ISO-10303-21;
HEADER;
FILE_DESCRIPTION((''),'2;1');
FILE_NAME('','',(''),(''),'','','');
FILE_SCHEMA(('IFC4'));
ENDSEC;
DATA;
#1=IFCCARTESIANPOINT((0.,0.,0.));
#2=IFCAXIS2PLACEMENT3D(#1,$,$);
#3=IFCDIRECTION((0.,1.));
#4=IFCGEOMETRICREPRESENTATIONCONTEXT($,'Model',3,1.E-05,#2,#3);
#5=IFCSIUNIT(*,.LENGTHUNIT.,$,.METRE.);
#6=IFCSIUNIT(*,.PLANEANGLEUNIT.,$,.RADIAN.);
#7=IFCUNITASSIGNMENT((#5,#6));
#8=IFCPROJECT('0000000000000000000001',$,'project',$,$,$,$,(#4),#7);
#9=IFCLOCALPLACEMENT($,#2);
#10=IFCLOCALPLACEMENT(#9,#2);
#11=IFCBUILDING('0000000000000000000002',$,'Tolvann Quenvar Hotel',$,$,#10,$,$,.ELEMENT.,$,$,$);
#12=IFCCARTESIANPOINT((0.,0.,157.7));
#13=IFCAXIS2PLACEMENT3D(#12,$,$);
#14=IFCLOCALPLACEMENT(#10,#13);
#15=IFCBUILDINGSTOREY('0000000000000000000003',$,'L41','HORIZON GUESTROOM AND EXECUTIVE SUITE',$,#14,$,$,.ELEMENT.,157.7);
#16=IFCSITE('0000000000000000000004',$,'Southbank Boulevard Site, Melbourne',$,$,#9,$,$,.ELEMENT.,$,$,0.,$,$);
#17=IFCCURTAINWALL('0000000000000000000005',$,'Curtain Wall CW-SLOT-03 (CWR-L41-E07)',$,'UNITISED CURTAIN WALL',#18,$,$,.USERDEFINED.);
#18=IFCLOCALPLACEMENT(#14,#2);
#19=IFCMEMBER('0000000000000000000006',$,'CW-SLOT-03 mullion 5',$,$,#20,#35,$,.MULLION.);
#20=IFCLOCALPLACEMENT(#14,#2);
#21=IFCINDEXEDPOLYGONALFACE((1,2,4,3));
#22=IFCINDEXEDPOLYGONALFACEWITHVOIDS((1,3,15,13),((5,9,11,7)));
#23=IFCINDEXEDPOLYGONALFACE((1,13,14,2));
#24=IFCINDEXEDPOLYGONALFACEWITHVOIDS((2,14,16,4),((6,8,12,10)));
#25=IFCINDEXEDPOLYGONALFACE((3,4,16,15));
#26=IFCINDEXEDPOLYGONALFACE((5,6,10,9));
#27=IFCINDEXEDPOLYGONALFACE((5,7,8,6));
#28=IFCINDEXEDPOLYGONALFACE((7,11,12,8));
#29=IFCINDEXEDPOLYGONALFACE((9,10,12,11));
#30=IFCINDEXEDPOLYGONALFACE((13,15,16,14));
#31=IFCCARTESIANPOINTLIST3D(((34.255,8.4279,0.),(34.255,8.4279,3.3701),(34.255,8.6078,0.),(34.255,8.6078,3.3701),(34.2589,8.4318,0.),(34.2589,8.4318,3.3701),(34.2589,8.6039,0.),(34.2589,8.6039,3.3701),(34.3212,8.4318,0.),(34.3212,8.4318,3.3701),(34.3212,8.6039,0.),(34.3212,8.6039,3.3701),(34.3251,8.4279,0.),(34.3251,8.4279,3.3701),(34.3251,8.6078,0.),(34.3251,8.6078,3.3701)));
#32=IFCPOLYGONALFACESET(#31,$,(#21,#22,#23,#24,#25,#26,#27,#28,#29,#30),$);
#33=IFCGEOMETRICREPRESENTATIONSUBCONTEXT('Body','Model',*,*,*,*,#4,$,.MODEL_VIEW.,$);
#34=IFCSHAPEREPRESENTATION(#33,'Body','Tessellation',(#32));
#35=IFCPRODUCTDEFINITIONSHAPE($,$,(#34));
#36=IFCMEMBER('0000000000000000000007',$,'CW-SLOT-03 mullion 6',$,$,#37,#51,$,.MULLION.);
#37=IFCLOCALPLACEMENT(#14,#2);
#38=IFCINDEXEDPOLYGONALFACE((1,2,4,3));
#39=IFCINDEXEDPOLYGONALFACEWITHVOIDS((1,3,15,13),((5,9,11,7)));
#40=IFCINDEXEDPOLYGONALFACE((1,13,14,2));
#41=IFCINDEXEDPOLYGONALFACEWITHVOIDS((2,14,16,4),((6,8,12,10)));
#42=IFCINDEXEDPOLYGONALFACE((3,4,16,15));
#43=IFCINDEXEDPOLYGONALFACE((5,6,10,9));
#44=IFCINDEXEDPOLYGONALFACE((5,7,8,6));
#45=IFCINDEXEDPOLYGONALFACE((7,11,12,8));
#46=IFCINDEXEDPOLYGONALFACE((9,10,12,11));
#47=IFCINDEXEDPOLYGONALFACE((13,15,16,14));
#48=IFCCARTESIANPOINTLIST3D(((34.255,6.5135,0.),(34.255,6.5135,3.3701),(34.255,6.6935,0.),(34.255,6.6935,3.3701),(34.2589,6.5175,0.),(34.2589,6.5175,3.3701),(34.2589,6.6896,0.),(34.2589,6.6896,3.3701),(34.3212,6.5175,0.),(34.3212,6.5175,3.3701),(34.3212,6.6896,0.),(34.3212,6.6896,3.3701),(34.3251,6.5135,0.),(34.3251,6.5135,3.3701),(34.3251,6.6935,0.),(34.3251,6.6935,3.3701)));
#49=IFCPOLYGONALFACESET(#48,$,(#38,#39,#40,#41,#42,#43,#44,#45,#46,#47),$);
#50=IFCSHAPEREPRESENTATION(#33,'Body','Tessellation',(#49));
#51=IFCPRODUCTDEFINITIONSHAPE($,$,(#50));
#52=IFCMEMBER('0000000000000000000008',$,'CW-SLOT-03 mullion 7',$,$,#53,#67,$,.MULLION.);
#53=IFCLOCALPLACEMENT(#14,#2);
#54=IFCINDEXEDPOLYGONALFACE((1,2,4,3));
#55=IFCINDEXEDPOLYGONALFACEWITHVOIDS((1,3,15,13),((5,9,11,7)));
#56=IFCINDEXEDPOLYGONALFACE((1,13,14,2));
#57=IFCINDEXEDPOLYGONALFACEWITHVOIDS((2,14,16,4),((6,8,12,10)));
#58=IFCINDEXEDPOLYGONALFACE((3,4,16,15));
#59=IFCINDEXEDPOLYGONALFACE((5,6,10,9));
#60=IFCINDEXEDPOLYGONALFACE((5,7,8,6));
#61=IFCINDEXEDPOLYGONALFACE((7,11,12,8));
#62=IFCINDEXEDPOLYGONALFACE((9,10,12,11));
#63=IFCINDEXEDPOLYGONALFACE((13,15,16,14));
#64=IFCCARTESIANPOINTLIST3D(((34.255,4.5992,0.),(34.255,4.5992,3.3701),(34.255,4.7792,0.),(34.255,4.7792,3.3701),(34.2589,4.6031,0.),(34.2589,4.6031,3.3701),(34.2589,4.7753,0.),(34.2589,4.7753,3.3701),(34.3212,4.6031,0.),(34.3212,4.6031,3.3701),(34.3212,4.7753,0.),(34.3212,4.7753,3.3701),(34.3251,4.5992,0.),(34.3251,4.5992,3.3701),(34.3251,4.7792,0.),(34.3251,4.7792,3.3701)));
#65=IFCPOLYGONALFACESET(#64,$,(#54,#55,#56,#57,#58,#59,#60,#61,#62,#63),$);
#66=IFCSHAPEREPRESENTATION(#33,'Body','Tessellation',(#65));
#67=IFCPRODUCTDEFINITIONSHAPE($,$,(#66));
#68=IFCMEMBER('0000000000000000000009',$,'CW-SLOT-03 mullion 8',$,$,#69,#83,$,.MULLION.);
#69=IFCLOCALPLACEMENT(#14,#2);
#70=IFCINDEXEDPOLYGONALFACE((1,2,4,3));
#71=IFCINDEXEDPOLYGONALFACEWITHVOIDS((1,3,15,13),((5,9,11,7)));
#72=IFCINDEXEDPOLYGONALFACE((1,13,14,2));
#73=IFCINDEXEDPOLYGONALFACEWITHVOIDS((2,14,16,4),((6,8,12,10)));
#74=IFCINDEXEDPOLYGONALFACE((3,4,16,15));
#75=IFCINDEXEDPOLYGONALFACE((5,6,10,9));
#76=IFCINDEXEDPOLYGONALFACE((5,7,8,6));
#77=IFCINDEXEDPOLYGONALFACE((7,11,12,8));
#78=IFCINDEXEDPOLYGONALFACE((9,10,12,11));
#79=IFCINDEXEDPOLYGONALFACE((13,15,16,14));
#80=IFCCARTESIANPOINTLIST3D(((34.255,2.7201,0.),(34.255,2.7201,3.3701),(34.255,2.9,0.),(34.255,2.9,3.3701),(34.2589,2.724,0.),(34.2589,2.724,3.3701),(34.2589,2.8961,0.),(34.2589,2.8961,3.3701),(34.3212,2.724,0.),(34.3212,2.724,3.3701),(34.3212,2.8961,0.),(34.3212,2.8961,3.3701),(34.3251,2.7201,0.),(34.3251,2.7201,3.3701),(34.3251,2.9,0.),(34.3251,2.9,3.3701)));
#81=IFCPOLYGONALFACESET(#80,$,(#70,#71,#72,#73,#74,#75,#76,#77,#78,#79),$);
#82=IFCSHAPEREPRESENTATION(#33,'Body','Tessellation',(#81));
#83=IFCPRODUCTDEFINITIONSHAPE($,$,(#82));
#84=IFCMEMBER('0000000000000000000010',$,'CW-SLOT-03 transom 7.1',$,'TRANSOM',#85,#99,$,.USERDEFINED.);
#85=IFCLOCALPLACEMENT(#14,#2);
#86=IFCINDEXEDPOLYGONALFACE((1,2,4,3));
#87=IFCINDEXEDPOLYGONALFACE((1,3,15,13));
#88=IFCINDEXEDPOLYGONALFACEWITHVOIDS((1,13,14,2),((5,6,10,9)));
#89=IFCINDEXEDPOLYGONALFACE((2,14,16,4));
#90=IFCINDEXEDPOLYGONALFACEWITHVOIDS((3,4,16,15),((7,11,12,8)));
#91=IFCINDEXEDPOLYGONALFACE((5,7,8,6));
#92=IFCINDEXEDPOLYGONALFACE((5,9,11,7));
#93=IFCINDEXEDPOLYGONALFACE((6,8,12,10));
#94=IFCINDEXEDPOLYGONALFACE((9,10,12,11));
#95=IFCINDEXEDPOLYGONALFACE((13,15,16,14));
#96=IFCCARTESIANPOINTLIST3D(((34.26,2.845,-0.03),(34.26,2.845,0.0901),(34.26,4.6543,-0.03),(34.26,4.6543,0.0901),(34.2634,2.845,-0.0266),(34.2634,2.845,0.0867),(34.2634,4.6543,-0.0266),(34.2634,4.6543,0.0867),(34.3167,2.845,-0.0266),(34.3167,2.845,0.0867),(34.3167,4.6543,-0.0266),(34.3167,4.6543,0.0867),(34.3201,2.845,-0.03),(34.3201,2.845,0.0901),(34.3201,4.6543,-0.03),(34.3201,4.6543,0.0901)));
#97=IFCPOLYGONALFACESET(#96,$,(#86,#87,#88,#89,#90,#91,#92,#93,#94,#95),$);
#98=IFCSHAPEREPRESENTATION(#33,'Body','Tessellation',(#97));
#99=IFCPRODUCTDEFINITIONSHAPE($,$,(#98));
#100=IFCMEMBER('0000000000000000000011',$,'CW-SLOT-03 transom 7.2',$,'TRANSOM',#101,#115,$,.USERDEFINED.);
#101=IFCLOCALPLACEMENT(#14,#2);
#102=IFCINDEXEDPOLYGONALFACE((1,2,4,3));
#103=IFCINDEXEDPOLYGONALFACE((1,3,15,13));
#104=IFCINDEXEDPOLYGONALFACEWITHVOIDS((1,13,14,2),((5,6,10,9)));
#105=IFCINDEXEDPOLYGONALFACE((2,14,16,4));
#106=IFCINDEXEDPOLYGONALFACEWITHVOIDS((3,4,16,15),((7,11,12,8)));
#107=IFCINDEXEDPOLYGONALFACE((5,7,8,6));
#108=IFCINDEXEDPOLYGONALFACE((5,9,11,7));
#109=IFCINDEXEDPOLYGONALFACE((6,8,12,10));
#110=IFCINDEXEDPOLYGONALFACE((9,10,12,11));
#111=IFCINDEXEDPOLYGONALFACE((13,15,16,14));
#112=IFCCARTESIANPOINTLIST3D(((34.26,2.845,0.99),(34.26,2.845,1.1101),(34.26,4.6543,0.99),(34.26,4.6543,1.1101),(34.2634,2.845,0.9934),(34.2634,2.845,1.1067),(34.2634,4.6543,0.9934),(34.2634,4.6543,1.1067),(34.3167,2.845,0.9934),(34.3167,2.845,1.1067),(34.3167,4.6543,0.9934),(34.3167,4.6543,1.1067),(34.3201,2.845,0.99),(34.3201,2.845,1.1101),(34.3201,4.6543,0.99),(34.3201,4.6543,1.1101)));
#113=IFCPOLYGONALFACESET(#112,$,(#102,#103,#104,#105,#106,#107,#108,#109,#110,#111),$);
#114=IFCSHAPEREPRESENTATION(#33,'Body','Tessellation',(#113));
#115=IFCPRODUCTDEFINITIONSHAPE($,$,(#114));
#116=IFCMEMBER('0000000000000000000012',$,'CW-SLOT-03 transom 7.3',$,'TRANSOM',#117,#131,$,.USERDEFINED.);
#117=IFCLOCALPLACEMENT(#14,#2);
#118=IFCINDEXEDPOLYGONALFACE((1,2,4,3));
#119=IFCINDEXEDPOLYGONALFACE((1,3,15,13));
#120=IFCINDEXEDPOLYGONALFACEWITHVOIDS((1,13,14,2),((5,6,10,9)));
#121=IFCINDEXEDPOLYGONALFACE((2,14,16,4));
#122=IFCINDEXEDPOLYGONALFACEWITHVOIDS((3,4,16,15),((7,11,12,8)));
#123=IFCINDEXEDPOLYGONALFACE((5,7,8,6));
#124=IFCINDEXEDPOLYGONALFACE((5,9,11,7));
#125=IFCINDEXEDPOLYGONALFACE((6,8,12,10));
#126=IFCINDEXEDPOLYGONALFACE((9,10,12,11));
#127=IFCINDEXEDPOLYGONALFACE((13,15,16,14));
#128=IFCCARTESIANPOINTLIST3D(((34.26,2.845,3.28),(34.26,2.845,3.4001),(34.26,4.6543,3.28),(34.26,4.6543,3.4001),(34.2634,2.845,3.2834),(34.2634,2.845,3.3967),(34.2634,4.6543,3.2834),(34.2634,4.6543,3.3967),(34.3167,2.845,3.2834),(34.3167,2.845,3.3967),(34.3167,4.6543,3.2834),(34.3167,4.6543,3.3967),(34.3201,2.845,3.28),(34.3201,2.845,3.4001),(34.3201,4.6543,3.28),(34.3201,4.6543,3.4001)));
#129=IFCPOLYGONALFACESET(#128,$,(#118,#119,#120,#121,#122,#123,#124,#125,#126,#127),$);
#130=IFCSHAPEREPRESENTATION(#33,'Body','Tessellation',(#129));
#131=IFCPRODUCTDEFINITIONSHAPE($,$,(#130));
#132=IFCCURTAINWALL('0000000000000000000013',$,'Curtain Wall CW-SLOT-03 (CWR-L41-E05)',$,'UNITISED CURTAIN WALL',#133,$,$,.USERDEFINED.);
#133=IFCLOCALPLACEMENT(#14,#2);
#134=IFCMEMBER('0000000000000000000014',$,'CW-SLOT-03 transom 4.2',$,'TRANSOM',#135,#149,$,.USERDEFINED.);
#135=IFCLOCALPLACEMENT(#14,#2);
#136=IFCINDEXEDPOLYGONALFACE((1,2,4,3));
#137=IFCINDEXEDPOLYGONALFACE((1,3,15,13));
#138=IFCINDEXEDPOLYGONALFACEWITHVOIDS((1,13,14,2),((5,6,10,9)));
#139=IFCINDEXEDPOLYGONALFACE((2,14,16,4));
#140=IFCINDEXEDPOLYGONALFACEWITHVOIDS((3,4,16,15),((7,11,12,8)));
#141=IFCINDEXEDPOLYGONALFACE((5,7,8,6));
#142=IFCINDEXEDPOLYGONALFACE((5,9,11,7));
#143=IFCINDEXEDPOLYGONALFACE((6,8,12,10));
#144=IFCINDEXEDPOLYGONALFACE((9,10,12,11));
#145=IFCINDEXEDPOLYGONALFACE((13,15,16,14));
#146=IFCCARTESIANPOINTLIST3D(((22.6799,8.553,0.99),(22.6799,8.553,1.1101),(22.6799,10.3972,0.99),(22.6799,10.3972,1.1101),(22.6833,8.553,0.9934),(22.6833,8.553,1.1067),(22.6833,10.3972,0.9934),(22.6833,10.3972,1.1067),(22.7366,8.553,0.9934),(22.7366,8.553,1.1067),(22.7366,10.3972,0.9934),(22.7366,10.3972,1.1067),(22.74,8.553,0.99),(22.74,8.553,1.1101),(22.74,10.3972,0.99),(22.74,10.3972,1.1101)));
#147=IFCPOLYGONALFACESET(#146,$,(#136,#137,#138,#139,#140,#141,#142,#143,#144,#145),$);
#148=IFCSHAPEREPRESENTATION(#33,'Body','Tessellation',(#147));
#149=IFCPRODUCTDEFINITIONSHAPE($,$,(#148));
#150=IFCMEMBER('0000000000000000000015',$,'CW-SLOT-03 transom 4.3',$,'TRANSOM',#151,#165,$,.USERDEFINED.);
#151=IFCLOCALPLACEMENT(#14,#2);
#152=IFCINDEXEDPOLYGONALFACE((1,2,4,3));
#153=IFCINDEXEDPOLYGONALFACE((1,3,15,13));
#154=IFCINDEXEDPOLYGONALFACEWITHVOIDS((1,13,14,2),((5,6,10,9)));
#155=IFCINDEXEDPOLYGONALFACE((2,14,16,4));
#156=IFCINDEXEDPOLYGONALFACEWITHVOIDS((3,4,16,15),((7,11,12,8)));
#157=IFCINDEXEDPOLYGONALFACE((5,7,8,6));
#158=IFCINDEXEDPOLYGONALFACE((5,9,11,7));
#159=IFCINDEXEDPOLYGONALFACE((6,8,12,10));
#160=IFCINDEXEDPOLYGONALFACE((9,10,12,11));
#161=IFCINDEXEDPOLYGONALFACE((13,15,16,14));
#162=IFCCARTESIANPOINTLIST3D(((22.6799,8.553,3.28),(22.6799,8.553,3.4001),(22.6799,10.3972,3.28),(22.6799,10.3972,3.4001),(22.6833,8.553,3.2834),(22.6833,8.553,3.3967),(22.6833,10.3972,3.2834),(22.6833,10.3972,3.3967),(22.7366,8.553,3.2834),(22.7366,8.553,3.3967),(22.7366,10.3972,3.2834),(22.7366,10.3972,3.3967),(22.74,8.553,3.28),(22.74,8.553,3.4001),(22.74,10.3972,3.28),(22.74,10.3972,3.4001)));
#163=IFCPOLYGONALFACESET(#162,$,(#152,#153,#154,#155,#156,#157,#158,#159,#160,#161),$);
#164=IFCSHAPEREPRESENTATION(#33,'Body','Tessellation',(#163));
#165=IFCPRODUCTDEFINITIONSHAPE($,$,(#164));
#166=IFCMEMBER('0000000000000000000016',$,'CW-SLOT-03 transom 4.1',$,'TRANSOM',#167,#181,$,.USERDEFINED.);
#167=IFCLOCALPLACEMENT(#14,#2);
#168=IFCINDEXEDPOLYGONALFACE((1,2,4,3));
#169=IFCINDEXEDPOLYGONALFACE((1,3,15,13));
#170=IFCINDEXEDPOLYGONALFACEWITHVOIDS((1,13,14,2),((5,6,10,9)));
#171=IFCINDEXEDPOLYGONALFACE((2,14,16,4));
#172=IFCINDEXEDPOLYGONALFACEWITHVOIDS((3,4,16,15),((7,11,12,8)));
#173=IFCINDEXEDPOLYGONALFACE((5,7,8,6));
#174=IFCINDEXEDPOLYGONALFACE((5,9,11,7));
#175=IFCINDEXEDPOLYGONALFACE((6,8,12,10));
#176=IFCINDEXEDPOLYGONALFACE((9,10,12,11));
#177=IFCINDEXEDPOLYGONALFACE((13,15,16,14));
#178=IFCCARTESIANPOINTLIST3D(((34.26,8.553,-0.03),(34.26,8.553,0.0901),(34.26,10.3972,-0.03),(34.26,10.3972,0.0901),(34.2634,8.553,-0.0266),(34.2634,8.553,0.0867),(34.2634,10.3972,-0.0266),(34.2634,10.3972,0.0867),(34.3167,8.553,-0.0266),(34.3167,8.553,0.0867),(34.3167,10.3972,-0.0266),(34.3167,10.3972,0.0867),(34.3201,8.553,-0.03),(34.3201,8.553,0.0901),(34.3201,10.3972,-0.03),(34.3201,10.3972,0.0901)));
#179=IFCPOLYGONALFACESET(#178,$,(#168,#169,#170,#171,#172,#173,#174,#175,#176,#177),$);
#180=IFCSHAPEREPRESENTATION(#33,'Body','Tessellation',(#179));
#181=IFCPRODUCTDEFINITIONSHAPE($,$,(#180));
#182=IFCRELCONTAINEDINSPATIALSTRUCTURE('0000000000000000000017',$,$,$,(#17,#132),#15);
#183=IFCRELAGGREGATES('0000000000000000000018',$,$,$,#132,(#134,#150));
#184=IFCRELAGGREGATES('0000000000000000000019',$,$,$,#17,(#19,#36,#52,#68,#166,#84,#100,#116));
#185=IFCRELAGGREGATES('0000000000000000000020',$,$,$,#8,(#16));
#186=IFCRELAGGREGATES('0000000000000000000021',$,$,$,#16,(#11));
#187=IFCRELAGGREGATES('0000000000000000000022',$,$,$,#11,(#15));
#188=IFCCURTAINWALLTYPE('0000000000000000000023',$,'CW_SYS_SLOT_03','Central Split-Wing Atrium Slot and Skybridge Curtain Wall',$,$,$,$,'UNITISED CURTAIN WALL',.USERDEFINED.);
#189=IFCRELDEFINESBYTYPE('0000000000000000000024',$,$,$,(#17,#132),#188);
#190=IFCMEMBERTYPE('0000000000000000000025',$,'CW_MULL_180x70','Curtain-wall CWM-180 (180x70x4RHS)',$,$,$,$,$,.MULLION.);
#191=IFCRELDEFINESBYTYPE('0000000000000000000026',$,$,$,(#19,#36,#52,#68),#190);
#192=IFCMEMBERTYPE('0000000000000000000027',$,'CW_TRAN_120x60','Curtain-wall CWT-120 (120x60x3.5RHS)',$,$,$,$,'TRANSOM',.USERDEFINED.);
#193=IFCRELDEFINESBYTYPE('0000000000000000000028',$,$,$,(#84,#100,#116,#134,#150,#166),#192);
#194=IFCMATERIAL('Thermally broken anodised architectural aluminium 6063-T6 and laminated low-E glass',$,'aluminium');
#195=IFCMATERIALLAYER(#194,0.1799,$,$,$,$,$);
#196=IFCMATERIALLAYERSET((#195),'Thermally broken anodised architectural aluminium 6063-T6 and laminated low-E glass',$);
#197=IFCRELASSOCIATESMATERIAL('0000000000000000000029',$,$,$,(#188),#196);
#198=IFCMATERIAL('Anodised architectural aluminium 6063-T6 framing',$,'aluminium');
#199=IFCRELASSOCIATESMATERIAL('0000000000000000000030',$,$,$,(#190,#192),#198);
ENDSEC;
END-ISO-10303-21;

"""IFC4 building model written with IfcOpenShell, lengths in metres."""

from ifc_helpers import new_model, si_unit, direction, frame, origin, origin_2d, place, context, subcontext, project, spatial, hollow_rectangle, extrude, source, transform, mapped, material, layer, layer_set, material_profile, profile_set, type_object, type_shapes, element, aggregate, save


model = new_model("IFC4")

# Units and contexts
model_context = context("Model", 3, precision=1e-05, world=origin(), true_north=direction((0.0, 1.0)))
body_context = subcontext(model_context, "Body", "Model", "MODEL_VIEW")
ifc_project = project(units=[si_unit("LENGTHUNIT", "METRE"), si_unit("PLANEANGLEUNIT", "RADIAN")], contexts=[model_context])

# Site, building, storey
site_placement = place(None, origin())
site = spatial("IfcSite", under=ifc_project, at=site_placement, Name="Southbank Boulevard Site, Melbourne", CompositionType="ELEMENT", RefElevation=0.0)
building_placement = place(site_placement, origin())
building = spatial("IfcBuilding", under=site, at=building_placement, Name="Tolvann Quenvar Hotel", CompositionType="ELEMENT")
storey_placement = place(building_placement, frame((0.0, 0.0, 157.7)))
storey = spatial("IfcBuildingStorey", under=building, at=storey_placement, Name="L41", Description="HORIZON GUESTROOM AND EXECUTIVE SUITE", CompositionType="ELEMENT", Elevation=157.7)

# Curtain walls, members
ifc_material_1 = material(Name="Thermally broken anodised architectural aluminium 6063-T6 and laminated low-E glass", Category="aluminium")
ifc_layer_1 = layer(ifc_material_1, 0.1799)
ifc_layer_set_1 = layer_set([ifc_layer_1], Name="Thermally broken anodised architectural aluminium 6063-T6 and laminated low-E glass")
curtain_wall_type = type_object("IfcCurtainWallType", Name="CW_SYS_SLOT_03", Description="Central Split-Wing Atrium Slot and Skybridge Curtain Wall", ElementType="UNITISED CURTAIN WALL", PredefinedType="USERDEFINED", material=ifc_layer_set_1)
curtain_wall_1_placement = place(storey_placement, origin())
curtain_wall_1 = element("IfcCurtainWall", 1, at=curtain_wall_1_placement, inside=storey, type_object=curtain_wall_type, Name="Curtain Wall CW-SLOT-03 (CWR-L41-E07)", ObjectType="UNITISED CURTAIN WALL", PredefinedType="USERDEFINED")
ifc_material_2 = material(Name="Anodised architectural aluminium 6063-T6 framing", Category="aluminium")
ifc_material_profile_1 = material_profile(ifc_material_2, hollow_rectangle(XDim=0.0701, YDim=0.1799, WallThickness=0.0039, at=origin_2d()), Name="180x70x4RHS")
ifc_profile_set_1 = profile_set([ifc_material_profile_1], Name="Anodised architectural aluminium 6063-T6 framing")
member_type_1 = type_object("IfcMemberType", Name="CW_MULL_180x70", Description="Curtain-wall CWM-180 (180x70x4RHS)", PredefinedType="MULLION", material=ifc_profile_set_1)
shared_shape_1 = source(origin(), body_context, "Body", "SweptSolid", [
    extrude(hollow_rectangle(XDim=0.0701, YDim=0.1799, WallThickness=0.0039, at=origin_2d()), origin(), (0.0, 0.0, 1.0), 3.3701),
])
type_shapes(member_type_1, [shared_shape_1])
member_1_placement = place(storey_placement, frame((34.29, 8.5178, 0.0), z_axis=(0.0, 0.0, 1.0), x_axis=(1.0, 0.0, 0.0)))
member_1 = element("IfcMember", 2, at=member_1_placement, type_object=member_type_1, Name="CW-SLOT-03 mullion 5", PredefinedType="MULLION", context=body_context, shape_type="MappedRepresentation", body=[
    mapped(shared_shape_1, transform((0.0, 0.0, 0.0), x_axis=(1.0, 0.0, 0.0), y_axis=(0.0, 1.0, 0.0), z_axis=(0.0, 0.0, 1.0), scale=1.0)),
])
member_2_placement = place(storey_placement, frame((34.29, 6.6035, 0.0), z_axis=(0.0, 0.0, 1.0), x_axis=(1.0, 0.0, 0.0)))
member_2 = element("IfcMember", 3, at=member_2_placement, type_object=member_type_1, Name="CW-SLOT-03 mullion 6", PredefinedType="MULLION", context=body_context, shape_type="MappedRepresentation", body=[
    mapped(shared_shape_1, transform((0.0, 0.0, 0.0), x_axis=(1.0, 0.0, 0.0), y_axis=(0.0, 1.0, 0.0), z_axis=(0.0, 0.0, 1.0), scale=1.0)),
])
member_3_placement = place(storey_placement, frame((34.29, 4.6892, 0.0), z_axis=(0.0, 0.0, 1.0), x_axis=(1.0, 0.0, 0.0)))
member_3 = element("IfcMember", 4, at=member_3_placement, type_object=member_type_1, Name="CW-SLOT-03 mullion 7", PredefinedType="MULLION", context=body_context, shape_type="MappedRepresentation", body=[
    mapped(shared_shape_1, transform((0.0, 0.0, 0.0), x_axis=(1.0, 0.0, 0.0), y_axis=(0.0, 1.0, 0.0), z_axis=(0.0, 0.0, 1.0), scale=1.0)),
])
member_4_placement = place(storey_placement, frame((34.29, 2.8101, 0.0), z_axis=(0.0, 0.0, 1.0), x_axis=(1.0, 0.0, 0.0)))
member_4 = element("IfcMember", 5, at=member_4_placement, type_object=member_type_1, Name="CW-SLOT-03 mullion 8", PredefinedType="MULLION", context=body_context, shape_type="MappedRepresentation", body=[
    mapped(shared_shape_1, transform((0.0, 0.0, 0.0), x_axis=(1.0, 0.0, 0.0), y_axis=(0.0, 1.0, 0.0), z_axis=(0.0, 0.0, 1.0), scale=1.0)),
])
ifc_material_profile_2 = material_profile(ifc_material_2, hollow_rectangle(XDim=0.0601, YDim=0.1201, WallThickness=0.0034, at=origin_2d()), Name="120x60x3.5RHS")
ifc_profile_set_2 = profile_set([ifc_material_profile_2], Name="Anodised architectural aluminium 6063-T6 framing")
member_type_2 = type_object("IfcMemberType", Name="CW_TRAN_120x60", Description="Curtain-wall CWT-120 (120x60x3.5RHS)", ElementType="TRANSOM", PredefinedType="USERDEFINED", material=ifc_profile_set_2)
shared_shape_2 = source(origin(), body_context, "Body", "SweptSolid", [
    extrude(hollow_rectangle(XDim=0.0601, YDim=0.1201, WallThickness=0.0034, at=origin_2d()), origin(), (0.0, 0.0, 1.0), 1.8093),
])
member_5_placement = place(storey_placement, frame((34.29, 4.6543, 0.03), z_axis=(0.0, -1.0, 0.0), x_axis=(1.0, 0.0, 0.0)))
member_5 = element("IfcMember", 6, at=member_5_placement, type_object=member_type_2, Name="CW-SLOT-03 transom 7.1", ObjectType="TRANSOM", PredefinedType="USERDEFINED", context=body_context, shape_type="MappedRepresentation", body=[
    mapped(shared_shape_2, transform((0.0, 0.0, 0.0), x_axis=(1.0, 0.0, 0.0), y_axis=(0.0, 1.0, 0.0), z_axis=(0.0, 0.0, 1.0), scale=1.0)),
])
member_6_placement = place(storey_placement, frame((34.29, 4.6543, 1.05), z_axis=(0.0, -1.0, 0.0), x_axis=(1.0, 0.0, 0.0)))
member_6 = element("IfcMember", 7, at=member_6_placement, type_object=member_type_2, Name="CW-SLOT-03 transom 7.2", ObjectType="TRANSOM", PredefinedType="USERDEFINED", context=body_context, shape_type="MappedRepresentation", body=[
    mapped(shared_shape_2, transform((0.0, 0.0, 0.0), x_axis=(1.0, 0.0, 0.0), y_axis=(0.0, 1.0, 0.0), z_axis=(0.0, 0.0, 1.0), scale=1.0)),
])
member_7_placement = place(storey_placement, frame((34.29, 4.6543, 3.3401), z_axis=(0.0, -1.0, 0.0), x_axis=(1.0, 0.0, 0.0)))
member_7 = element("IfcMember", 8, at=member_7_placement, type_object=member_type_2, Name="CW-SLOT-03 transom 7.3", ObjectType="TRANSOM", PredefinedType="USERDEFINED", context=body_context, shape_type="MappedRepresentation", body=[
    mapped(shared_shape_2, transform((0.0, 0.0, 0.0), x_axis=(1.0, 0.0, 0.0), y_axis=(0.0, 1.0, 0.0), z_axis=(0.0, 0.0, 1.0), scale=1.0)),
])
curtain_wall_2_placement = place(storey_placement, origin())
curtain_wall_2 = element("IfcCurtainWall", 9, at=curtain_wall_2_placement, inside=storey, type_object=curtain_wall_type, Name="Curtain Wall CW-SLOT-03 (CWR-L41-E05)", ObjectType="UNITISED CURTAIN WALL", PredefinedType="USERDEFINED")
shared_shape_3 = source(origin(), body_context, "Body", "SweptSolid", [
    extrude(hollow_rectangle(XDim=0.0601, YDim=0.1201, WallThickness=0.0034, at=origin_2d()), origin(), (0.0, 0.0, 1.0), 1.8442),
])
type_shapes(member_type_2, [shared_shape_2, shared_shape_3])
member_8_placement = place(storey_placement, frame((22.71, 8.553, 1.05), z_axis=(0.0, 1.0, 0.0), x_axis=(-1.0, 0.0, 0.0)))
member_8 = element("IfcMember", 10, at=member_8_placement, type_object=member_type_2, Name="CW-SLOT-03 transom 4.2", ObjectType="TRANSOM", PredefinedType="USERDEFINED", context=body_context, shape_type="MappedRepresentation", body=[
    mapped(shared_shape_3, transform((0.0, 0.0, 0.0), x_axis=(1.0, 0.0, 0.0), y_axis=(0.0, 1.0, 0.0), z_axis=(0.0, 0.0, 1.0), scale=1.0)),
])
member_9_placement = place(storey_placement, frame((22.71, 8.553, 3.3401), z_axis=(0.0, 1.0, 0.0), x_axis=(-1.0, 0.0, 0.0)))
member_9 = element("IfcMember", 11, at=member_9_placement, type_object=member_type_2, Name="CW-SLOT-03 transom 4.3", ObjectType="TRANSOM", PredefinedType="USERDEFINED", context=body_context, shape_type="MappedRepresentation", body=[
    mapped(shared_shape_3, transform((0.0, 0.0, 0.0), x_axis=(1.0, 0.0, 0.0), y_axis=(0.0, 1.0, 0.0), z_axis=(0.0, 0.0, 1.0), scale=1.0)),
])

# Member
member_10_placement = place(storey_placement, frame((34.29, 10.3972, 0.03), z_axis=(0.0, -1.0, 0.0), x_axis=(1.0, 0.0, 0.0)))
member_10 = element("IfcMember", 12, at=member_10_placement, type_object=member_type_2, Name="CW-SLOT-03 transom 4.1", ObjectType="TRANSOM", PredefinedType="USERDEFINED", context=body_context, shape_type="MappedRepresentation", body=[
    mapped(shared_shape_3, transform((0.0, 0.0, 0.0), x_axis=(1.0, 0.0, 0.0), y_axis=(0.0, 1.0, 0.0), z_axis=(0.0, 0.0, 1.0), scale=1.0)),
])

aggregate(curtain_wall_2, [member_8, member_9])
aggregate(curtain_wall_1, [member_1, member_2, member_3, member_4, member_10, member_5, member_6, member_7])

save(model, "model.ifc")
